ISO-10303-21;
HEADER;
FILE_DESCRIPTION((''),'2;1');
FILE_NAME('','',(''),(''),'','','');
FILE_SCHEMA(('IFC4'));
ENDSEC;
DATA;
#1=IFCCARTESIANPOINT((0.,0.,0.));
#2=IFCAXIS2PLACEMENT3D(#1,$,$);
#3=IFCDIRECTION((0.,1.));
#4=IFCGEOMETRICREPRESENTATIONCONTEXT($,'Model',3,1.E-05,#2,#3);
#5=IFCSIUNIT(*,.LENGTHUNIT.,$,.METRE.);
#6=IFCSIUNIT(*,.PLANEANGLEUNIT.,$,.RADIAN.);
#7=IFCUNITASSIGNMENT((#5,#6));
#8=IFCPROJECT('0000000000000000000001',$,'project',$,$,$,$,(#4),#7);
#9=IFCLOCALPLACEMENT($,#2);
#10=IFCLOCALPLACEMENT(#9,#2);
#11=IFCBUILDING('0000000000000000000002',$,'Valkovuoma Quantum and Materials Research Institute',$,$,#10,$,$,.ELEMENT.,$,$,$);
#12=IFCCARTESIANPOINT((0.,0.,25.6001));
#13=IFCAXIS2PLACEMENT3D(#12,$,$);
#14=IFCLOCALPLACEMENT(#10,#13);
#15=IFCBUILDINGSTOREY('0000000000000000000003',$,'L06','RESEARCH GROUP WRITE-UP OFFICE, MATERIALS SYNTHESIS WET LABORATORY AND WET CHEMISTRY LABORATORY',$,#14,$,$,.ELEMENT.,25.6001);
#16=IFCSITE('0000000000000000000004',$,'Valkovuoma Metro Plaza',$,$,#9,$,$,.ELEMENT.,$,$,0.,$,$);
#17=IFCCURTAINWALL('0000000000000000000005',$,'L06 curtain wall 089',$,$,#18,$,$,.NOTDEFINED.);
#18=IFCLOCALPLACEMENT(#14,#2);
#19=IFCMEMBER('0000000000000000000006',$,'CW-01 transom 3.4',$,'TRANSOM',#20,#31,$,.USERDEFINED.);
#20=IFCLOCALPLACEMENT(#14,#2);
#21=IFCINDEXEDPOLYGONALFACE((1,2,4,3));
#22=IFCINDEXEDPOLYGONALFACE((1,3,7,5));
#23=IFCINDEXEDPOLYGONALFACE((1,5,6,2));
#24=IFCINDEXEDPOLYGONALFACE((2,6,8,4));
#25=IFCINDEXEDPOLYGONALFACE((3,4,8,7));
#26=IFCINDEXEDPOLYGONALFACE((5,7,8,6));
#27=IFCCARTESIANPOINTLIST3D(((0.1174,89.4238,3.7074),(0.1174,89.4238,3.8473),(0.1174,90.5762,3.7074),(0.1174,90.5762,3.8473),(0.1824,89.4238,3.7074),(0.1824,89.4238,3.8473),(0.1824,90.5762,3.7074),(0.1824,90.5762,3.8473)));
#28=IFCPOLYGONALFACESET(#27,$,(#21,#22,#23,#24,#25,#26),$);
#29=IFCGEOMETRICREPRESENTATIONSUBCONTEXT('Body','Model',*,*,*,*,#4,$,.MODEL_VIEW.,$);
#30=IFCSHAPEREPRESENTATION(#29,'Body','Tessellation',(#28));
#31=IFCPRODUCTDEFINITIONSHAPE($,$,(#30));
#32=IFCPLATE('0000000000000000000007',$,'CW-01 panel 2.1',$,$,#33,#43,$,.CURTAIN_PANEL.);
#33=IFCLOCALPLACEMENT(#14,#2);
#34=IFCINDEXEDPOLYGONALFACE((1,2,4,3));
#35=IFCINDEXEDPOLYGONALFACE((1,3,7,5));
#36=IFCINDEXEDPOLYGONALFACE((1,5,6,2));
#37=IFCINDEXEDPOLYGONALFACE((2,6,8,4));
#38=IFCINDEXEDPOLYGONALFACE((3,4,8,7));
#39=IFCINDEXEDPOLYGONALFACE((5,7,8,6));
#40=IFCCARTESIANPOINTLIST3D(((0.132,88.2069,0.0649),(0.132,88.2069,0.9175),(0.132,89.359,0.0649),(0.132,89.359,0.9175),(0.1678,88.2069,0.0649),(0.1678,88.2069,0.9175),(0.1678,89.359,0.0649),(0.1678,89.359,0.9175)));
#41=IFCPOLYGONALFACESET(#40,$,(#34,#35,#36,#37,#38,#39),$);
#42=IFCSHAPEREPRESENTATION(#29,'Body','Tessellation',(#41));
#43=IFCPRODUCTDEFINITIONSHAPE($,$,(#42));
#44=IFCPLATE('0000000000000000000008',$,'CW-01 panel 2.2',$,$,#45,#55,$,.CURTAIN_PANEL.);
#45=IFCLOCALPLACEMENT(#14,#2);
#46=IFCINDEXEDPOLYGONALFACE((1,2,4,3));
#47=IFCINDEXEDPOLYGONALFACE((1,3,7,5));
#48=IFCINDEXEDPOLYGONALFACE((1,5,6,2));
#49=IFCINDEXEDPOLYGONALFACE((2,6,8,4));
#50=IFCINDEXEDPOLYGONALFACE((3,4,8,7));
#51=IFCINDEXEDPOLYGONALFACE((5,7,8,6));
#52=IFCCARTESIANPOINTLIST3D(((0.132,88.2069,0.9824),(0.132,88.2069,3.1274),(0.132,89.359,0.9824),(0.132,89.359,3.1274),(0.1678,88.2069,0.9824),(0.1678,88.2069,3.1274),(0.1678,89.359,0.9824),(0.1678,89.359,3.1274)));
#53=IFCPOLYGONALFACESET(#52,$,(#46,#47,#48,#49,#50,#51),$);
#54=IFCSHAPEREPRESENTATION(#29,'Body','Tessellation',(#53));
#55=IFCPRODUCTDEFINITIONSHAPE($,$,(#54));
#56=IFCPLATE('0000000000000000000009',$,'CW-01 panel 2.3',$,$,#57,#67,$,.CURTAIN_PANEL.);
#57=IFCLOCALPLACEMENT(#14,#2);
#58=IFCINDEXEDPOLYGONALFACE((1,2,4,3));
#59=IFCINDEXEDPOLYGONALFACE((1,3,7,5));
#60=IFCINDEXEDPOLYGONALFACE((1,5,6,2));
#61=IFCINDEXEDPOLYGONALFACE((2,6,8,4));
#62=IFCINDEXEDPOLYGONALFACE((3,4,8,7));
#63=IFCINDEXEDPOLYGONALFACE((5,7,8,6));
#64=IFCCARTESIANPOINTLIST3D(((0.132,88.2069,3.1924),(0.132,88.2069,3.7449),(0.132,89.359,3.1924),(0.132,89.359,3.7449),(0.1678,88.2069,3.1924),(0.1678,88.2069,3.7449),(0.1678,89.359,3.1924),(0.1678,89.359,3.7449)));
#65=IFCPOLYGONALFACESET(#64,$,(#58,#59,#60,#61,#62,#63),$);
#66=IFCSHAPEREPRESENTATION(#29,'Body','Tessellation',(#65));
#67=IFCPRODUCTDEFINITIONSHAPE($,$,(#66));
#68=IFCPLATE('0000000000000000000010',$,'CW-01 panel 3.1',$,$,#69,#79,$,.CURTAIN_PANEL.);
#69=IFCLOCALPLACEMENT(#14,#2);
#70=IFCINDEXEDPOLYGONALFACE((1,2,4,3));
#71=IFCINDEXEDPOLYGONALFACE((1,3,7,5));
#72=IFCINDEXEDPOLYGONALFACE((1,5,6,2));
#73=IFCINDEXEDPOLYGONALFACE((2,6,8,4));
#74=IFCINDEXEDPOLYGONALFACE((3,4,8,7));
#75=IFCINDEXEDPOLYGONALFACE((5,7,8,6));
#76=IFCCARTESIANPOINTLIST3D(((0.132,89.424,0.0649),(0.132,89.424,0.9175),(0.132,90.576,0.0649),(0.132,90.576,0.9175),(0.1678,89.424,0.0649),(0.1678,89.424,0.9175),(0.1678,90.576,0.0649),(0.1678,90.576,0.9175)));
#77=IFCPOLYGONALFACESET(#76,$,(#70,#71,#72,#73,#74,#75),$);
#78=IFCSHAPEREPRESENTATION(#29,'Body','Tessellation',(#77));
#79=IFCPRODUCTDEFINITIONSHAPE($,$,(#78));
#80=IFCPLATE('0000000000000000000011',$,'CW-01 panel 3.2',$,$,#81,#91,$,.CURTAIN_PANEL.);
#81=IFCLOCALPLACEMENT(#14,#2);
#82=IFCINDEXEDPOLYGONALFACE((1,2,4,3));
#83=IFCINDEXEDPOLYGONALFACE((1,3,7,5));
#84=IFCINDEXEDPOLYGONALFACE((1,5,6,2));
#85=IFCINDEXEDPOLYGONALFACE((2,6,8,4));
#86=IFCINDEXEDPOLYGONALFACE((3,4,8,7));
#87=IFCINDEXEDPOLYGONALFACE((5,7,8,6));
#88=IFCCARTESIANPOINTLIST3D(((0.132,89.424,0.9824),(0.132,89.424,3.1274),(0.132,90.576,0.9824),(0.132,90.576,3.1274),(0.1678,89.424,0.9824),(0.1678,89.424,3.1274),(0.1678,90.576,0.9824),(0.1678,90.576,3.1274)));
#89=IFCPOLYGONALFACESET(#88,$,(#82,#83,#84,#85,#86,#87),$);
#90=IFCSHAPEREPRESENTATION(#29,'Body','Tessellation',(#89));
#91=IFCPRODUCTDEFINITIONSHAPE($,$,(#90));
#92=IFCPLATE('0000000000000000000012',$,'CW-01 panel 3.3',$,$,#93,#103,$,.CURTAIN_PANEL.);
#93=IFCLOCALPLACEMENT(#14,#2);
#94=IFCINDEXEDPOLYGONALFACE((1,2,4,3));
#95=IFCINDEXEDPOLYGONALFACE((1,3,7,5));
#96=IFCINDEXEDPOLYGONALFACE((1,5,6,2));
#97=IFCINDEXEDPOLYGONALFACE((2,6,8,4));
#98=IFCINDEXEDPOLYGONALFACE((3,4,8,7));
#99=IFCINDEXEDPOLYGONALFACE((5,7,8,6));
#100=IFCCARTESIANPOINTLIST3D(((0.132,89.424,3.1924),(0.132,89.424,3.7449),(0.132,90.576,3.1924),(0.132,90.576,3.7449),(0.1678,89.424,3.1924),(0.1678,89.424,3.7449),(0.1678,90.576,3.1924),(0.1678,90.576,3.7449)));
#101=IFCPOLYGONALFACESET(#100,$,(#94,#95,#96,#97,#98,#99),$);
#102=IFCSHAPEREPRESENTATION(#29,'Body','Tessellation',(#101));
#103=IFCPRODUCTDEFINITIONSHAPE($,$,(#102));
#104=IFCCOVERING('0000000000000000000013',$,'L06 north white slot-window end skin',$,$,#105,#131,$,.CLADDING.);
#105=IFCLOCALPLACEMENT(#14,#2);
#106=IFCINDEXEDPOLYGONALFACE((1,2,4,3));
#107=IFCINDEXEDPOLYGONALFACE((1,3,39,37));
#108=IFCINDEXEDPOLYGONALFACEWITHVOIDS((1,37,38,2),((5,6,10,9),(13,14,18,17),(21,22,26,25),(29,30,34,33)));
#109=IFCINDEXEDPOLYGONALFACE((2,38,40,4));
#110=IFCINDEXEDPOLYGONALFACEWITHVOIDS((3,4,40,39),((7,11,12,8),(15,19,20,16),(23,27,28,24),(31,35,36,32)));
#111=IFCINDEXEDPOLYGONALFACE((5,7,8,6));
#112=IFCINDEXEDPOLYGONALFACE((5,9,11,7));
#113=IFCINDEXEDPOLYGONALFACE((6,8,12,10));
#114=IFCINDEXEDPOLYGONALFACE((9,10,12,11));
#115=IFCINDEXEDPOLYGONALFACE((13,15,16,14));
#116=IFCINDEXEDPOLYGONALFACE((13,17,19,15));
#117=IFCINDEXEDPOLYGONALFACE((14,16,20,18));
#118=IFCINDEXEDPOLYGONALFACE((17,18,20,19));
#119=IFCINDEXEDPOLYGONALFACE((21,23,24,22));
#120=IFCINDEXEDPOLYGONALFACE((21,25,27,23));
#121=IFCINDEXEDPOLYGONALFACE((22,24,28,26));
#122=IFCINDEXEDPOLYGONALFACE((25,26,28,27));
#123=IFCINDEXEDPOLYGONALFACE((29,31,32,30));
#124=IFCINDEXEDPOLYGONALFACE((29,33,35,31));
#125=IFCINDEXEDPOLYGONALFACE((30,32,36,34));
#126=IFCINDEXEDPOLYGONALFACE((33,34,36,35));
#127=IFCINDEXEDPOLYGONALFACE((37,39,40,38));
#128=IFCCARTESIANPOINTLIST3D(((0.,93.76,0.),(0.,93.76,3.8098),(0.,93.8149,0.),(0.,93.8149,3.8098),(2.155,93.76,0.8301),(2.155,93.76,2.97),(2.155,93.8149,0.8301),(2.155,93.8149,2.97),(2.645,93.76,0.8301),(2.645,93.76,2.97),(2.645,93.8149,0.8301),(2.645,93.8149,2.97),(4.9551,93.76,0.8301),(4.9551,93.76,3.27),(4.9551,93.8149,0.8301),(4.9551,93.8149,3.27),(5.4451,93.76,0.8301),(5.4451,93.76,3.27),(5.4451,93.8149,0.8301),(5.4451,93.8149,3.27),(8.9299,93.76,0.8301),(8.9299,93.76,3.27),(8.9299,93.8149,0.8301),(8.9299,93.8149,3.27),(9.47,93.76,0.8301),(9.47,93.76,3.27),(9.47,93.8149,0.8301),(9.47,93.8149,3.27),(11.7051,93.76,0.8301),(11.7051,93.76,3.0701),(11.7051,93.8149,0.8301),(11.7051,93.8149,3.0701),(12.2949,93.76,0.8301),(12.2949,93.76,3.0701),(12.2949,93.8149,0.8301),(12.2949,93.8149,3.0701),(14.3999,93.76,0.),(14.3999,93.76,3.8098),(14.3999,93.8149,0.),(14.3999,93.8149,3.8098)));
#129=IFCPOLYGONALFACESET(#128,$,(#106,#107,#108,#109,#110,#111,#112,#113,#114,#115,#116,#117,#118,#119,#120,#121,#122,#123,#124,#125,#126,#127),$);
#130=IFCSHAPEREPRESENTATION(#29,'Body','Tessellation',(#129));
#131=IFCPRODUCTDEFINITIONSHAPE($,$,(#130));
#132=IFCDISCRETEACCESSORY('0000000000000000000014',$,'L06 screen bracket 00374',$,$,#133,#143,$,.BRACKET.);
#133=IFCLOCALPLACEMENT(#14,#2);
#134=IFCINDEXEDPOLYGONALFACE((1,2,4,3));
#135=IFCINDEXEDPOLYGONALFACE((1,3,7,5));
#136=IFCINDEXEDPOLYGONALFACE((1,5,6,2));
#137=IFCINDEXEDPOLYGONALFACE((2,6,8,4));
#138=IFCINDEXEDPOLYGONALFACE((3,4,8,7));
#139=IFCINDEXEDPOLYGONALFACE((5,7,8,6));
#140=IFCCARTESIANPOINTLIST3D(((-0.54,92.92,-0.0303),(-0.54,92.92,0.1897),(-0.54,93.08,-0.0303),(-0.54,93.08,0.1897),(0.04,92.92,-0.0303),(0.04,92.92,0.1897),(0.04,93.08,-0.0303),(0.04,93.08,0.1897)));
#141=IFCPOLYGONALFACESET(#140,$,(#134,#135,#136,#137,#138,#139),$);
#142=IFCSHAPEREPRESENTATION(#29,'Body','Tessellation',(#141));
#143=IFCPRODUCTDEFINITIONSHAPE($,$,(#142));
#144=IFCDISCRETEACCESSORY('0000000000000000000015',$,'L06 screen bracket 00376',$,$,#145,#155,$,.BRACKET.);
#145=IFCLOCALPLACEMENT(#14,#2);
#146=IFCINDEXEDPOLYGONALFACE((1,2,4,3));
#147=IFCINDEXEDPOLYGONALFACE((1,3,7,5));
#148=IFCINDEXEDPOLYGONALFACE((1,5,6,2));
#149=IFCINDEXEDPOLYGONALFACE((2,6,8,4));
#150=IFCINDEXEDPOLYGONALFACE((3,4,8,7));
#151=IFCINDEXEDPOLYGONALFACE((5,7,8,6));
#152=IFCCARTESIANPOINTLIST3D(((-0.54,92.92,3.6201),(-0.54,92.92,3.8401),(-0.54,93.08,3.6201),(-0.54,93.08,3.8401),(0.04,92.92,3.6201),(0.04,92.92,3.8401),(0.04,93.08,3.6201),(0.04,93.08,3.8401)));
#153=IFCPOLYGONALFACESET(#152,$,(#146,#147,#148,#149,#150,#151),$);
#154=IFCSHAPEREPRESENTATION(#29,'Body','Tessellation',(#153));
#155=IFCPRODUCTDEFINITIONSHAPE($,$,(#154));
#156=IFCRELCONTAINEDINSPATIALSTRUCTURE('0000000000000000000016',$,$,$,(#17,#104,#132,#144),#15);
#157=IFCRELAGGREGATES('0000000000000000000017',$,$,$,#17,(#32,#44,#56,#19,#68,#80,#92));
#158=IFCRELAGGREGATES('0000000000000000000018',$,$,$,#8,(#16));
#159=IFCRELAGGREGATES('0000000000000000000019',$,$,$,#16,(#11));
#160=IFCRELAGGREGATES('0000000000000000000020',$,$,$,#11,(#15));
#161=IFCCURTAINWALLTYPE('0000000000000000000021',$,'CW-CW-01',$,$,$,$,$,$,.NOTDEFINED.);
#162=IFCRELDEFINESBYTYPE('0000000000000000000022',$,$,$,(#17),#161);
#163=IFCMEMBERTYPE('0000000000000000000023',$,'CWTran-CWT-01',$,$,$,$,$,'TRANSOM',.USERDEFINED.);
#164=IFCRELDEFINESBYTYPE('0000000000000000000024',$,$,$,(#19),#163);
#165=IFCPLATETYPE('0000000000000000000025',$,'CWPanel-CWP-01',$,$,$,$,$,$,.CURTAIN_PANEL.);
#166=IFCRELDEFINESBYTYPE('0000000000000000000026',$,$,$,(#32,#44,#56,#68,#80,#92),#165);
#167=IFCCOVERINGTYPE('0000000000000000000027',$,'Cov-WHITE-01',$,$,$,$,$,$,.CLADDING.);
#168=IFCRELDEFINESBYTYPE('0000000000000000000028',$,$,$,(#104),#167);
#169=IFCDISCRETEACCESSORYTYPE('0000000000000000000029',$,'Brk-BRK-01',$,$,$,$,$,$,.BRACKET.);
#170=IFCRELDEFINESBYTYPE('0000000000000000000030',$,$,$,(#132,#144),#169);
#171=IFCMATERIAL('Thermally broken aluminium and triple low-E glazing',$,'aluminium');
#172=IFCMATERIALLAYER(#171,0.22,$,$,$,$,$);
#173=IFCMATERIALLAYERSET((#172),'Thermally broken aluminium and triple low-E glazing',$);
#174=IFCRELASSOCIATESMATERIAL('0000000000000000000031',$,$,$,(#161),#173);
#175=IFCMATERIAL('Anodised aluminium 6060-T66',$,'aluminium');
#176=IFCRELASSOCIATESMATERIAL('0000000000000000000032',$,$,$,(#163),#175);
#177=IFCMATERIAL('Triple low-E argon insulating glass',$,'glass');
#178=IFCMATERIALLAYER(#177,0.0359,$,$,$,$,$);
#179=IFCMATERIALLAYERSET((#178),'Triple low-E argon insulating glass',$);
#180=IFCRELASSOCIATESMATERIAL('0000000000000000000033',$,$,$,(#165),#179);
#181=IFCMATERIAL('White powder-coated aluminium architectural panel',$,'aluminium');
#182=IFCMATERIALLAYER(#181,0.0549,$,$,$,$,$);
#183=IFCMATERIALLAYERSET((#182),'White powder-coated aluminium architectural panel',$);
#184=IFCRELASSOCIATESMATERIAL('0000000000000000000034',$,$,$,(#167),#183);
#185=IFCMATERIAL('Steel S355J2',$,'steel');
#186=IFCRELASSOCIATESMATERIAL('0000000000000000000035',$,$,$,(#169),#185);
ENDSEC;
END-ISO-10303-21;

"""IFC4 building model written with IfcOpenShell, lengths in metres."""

from ifc_helpers import new_model, si_unit, direction, frame, origin, origin_2d, place, context, subcontext, project, spatial, polyline, rectangle, outline, extrude, material, layer, layer_set, material_profile, profile_set, type_object, element, aggregate, save


model = new_model("IFC4")

# Units and contexts
model_context = context("Model", 3, precision=1e-05, world=origin(), true_north=direction((0.0, 1.0)))
body_context = subcontext(model_context, "Body", "Model", "MODEL_VIEW")
ifc_project = project(units=[si_unit("LENGTHUNIT", "METRE"), si_unit("PLANEANGLEUNIT", "RADIAN")], contexts=[model_context])

# Site, building, storey
site_placement = place(None, origin())
site = spatial("IfcSite", under=ifc_project, at=site_placement, Name="Valkovuoma Metro Plaza", CompositionType="ELEMENT", RefElevation=0.0)
building_placement = place(site_placement, origin())
building = spatial("IfcBuilding", under=site, at=building_placement, Name="Valkovuoma Quantum and Materials Research Institute", CompositionType="ELEMENT")
storey_placement = place(building_placement, frame((0.0, 0.0, 25.6001)))
storey = spatial("IfcBuildingStorey", under=building, at=storey_placement, Name="L06", Description="RESEARCH GROUP WRITE-UP OFFICE, MATERIALS SYNTHESIS WET LABORATORY AND WET CHEMISTRY LABORATORY", CompositionType="ELEMENT", Elevation=25.6001)

# Curtain wall, member, plates
ifc_material_1 = material(Name="Thermally broken aluminium and triple low-E glazing", Category="aluminium")
ifc_layer_1 = layer(ifc_material_1, 0.22)
ifc_layer_set_1 = layer_set([ifc_layer_1], Name="Thermally broken aluminium and triple low-E glazing")
curtain_wall_type = type_object("IfcCurtainWallType", Name="CW-CW-01", PredefinedType="NOTDEFINED", material=ifc_layer_set_1)
curtain_wall_placement = place(storey_placement, origin())
curtain_wall = element("IfcCurtainWall", 1, at=curtain_wall_placement, inside=storey, type_object=curtain_wall_type, Name="L06 curtain wall 089", PredefinedType="NOTDEFINED")
ifc_material_2 = material(Name="Anodised aluminium 6060-T66", Category="aluminium")
ifc_material_profile_1 = material_profile(ifc_material_2, rectangle(XDim=0.0649, YDim=0.1399, at=origin_2d()), Name="Anodised aluminium 6060-T66")
ifc_profile_set_1 = profile_set([ifc_material_profile_1], Name="Anodised aluminium 6060-T66")
member_type_1 = type_object("IfcMemberType", Name="CWTran-CWT-01", ElementType="TRANSOM", PredefinedType="USERDEFINED", material=ifc_profile_set_1)
member_1_placement = place(storey_placement, frame((0.1499, 89.4238, 3.7773), z_axis=(0.0, 1.0, 0.0), x_axis=(-1.0, 0.0, 0.0)))
member_1 = element("IfcMember", 2, at=member_1_placement, type_object=member_type_1, Name="CW-01 transom 3.4", ObjectType="TRANSOM", PredefinedType="USERDEFINED", context=body_context, shape_type="SweptSolid", body=[
    extrude(rectangle(XDim=0.0649, YDim=0.1399, at=origin_2d()), origin(), (0.0, 0.0, 1.0), 1.1523),
])
ifc_material_3 = material(Name="Triple low-E argon insulating glass", Category="glass")
ifc_layer_2 = layer(ifc_material_3, 0.0359)
ifc_layer_set_2 = layer_set([ifc_layer_2], Name="Triple low-E argon insulating glass")
plate_type = type_object("IfcPlateType", Name="CWPanel-CWP-01", PredefinedType="CURTAIN_PANEL", material=ifc_layer_set_2)
plate_1_placement = place(storey_placement, frame((0.1499, 88.783, 0.0649), z_axis=(0.0, 0.0, 1.0), x_axis=(0.0, 1.0, 0.0)))
plate_1 = element("IfcPlate", 3, at=plate_1_placement, type_object=plate_type, Name="CW-01 panel 2.1", PredefinedType="CURTAIN_PANEL", context=body_context, shape_type="SweptSolid", body=[
    extrude(rectangle(XDim=1.1521, YDim=0.0359, at=origin_2d()), origin(), (0.0, 0.0, 1.0), 0.8525),
])
plate_2_placement = place(storey_placement, frame((0.1499, 88.783, 0.9824), z_axis=(0.0, 0.0, 1.0), x_axis=(0.0, 1.0, 0.0)))
plate_2 = element("IfcPlate", 4, at=plate_2_placement, type_object=plate_type, Name="CW-01 panel 2.2", PredefinedType="CURTAIN_PANEL", context=body_context, shape_type="SweptSolid", body=[
    extrude(rectangle(XDim=1.1521, YDim=0.0359, at=origin_2d()), origin(), (0.0, 0.0, 1.0), 2.145),
])
plate_3_placement = place(storey_placement, frame((0.1499, 88.783, 3.1924), z_axis=(0.0, 0.0, 1.0), x_axis=(0.0, 1.0, 0.0)))
plate_3 = element("IfcPlate", 5, at=plate_3_placement, type_object=plate_type, Name="CW-01 panel 2.3", PredefinedType="CURTAIN_PANEL", context=body_context, shape_type="SweptSolid", body=[
    extrude(rectangle(XDim=1.1521, YDim=0.0359, at=origin_2d()), origin(), (0.0, 0.0, 1.0), 0.5525),
])
plate_4_placement = place(storey_placement, frame((0.1499, 90.0, 0.0649), z_axis=(0.0, 0.0, 1.0), x_axis=(0.0, 1.0, 0.0)))
plate_4 = element("IfcPlate", 6, at=plate_4_placement, type_object=plate_type, Name="CW-01 panel 3.1", PredefinedType="CURTAIN_PANEL", context=body_context, shape_type="SweptSolid", body=[
    extrude(rectangle(XDim=1.1521, YDim=0.0359, at=origin_2d()), origin(), (0.0, 0.0, 1.0), 0.8525),
])
plate_5_placement = place(storey_placement, frame((0.1499, 90.0, 0.9824), z_axis=(0.0, 0.0, 1.0), x_axis=(0.0, 1.0, 0.0)))
plate_5 = element("IfcPlate", 7, at=plate_5_placement, type_object=plate_type, Name="CW-01 panel 3.2", PredefinedType="CURTAIN_PANEL", context=body_context, shape_type="SweptSolid", body=[
    extrude(rectangle(XDim=1.1521, YDim=0.0359, at=origin_2d()), origin(), (0.0, 0.0, 1.0), 2.145),
])
plate_6_placement = place(storey_placement, frame((0.1499, 90.0, 3.1924), z_axis=(0.0, 0.0, 1.0), x_axis=(0.0, 1.0, 0.0)))
plate_6 = element("IfcPlate", 8, at=plate_6_placement, type_object=plate_type, Name="CW-01 panel 3.3", PredefinedType="CURTAIN_PANEL", context=body_context, shape_type="SweptSolid", body=[
    extrude(rectangle(XDim=1.1521, YDim=0.0359, at=origin_2d()), origin(), (0.0, 0.0, 1.0), 0.5525),
])
aggregate(curtain_wall, [plate_1, plate_2, plate_3, member_1, plate_4, plate_5, plate_6])

# Covering
ifc_material_4 = material(Name="White powder-coated aluminium architectural panel", Category="aluminium")
ifc_layer_3 = layer(ifc_material_4, 0.0549)
ifc_layer_set_3 = layer_set([ifc_layer_3], Name="White powder-coated aluminium architectural panel")
covering_type = type_object("IfcCoveringType", Name="Cov-WHITE-01", PredefinedType="CLADDING", material=ifc_layer_set_3)
covering_placement = place(storey_placement, frame((0.0, 93.7876, 0.0), z_axis=(0.0, 0.0, 1.0), x_axis=(1.0, 0.0, 0.0)))
element("IfcCovering", 9, at=covering_placement, inside=storey, type_object=covering_type, Name="L06 north white slot-window end skin", PredefinedType="CLADDING", context=body_context, shape_type="SweptSolid", body=[
    extrude(outline(polyline([(0.0, 0.0), (14.3999, 0.0), (14.3999, 3.8098), (0.0, 3.8098), (0.0, 0.0)]), holes=[polyline([(2.155, 0.8301), (2.155, 2.97), (2.645, 2.97), (2.645, 0.8301), (2.155, 0.8301)]), polyline([(4.9551, 0.8301), (4.9551, 3.27), (5.4451, 3.27), (5.4451, 0.8301), (4.9551, 0.8301)]), polyline([(8.9299, 0.8301), (8.9299, 3.27), (9.47, 3.27), (9.47, 0.8301), (8.9299, 0.8301)]), polyline([(11.7051, 0.8301), (11.7051, 3.0701), (12.2949, 3.0701), (12.2949, 0.8301), (11.7051, 0.8301)])]), frame((0.0, 0.0273, 0.0), z_axis=(0.0, -1.0, 0.0), x_axis=(1.0, 0.0, 0.0)), (0.0, 0.0, 1.0), 0.0549),
])

# Discrete accessories
ifc_material_5 = material(Name="Steel S355J2", Category="steel")
discrete_accessory_type = type_object("IfcDiscreteAccessoryType", Name="Brk-BRK-01", PredefinedType="BRACKET", material=ifc_material_5)
for number, where, z_axis, x_axis, name in (
    (10, (-0.25, 93.0, -0.0303), (0.0, 0.0, 1.0), (1.0, 0.0, 0.0), "L06 screen bracket 00374"),
    (11, (-0.25, 93.0, 3.6201), (0.0, 0.0, 1.0), (1.0, 0.0, 0.0), "L06 screen bracket 00376"),
):
    element("IfcDiscreteAccessory", number, at=place(storey_placement, frame(where, z_axis=z_axis, x_axis=x_axis)), inside=storey, type_object=discrete_accessory_type, Name=name, PredefinedType="BRACKET", context=body_context, shape_type="SweptSolid", body=[
        extrude(rectangle(XDim=0.5801, YDim=0.1599, at=origin_2d()), origin(), (0.0, 0.0, 1.0), 0.22),
    ])

save(model, "model.ifc")
